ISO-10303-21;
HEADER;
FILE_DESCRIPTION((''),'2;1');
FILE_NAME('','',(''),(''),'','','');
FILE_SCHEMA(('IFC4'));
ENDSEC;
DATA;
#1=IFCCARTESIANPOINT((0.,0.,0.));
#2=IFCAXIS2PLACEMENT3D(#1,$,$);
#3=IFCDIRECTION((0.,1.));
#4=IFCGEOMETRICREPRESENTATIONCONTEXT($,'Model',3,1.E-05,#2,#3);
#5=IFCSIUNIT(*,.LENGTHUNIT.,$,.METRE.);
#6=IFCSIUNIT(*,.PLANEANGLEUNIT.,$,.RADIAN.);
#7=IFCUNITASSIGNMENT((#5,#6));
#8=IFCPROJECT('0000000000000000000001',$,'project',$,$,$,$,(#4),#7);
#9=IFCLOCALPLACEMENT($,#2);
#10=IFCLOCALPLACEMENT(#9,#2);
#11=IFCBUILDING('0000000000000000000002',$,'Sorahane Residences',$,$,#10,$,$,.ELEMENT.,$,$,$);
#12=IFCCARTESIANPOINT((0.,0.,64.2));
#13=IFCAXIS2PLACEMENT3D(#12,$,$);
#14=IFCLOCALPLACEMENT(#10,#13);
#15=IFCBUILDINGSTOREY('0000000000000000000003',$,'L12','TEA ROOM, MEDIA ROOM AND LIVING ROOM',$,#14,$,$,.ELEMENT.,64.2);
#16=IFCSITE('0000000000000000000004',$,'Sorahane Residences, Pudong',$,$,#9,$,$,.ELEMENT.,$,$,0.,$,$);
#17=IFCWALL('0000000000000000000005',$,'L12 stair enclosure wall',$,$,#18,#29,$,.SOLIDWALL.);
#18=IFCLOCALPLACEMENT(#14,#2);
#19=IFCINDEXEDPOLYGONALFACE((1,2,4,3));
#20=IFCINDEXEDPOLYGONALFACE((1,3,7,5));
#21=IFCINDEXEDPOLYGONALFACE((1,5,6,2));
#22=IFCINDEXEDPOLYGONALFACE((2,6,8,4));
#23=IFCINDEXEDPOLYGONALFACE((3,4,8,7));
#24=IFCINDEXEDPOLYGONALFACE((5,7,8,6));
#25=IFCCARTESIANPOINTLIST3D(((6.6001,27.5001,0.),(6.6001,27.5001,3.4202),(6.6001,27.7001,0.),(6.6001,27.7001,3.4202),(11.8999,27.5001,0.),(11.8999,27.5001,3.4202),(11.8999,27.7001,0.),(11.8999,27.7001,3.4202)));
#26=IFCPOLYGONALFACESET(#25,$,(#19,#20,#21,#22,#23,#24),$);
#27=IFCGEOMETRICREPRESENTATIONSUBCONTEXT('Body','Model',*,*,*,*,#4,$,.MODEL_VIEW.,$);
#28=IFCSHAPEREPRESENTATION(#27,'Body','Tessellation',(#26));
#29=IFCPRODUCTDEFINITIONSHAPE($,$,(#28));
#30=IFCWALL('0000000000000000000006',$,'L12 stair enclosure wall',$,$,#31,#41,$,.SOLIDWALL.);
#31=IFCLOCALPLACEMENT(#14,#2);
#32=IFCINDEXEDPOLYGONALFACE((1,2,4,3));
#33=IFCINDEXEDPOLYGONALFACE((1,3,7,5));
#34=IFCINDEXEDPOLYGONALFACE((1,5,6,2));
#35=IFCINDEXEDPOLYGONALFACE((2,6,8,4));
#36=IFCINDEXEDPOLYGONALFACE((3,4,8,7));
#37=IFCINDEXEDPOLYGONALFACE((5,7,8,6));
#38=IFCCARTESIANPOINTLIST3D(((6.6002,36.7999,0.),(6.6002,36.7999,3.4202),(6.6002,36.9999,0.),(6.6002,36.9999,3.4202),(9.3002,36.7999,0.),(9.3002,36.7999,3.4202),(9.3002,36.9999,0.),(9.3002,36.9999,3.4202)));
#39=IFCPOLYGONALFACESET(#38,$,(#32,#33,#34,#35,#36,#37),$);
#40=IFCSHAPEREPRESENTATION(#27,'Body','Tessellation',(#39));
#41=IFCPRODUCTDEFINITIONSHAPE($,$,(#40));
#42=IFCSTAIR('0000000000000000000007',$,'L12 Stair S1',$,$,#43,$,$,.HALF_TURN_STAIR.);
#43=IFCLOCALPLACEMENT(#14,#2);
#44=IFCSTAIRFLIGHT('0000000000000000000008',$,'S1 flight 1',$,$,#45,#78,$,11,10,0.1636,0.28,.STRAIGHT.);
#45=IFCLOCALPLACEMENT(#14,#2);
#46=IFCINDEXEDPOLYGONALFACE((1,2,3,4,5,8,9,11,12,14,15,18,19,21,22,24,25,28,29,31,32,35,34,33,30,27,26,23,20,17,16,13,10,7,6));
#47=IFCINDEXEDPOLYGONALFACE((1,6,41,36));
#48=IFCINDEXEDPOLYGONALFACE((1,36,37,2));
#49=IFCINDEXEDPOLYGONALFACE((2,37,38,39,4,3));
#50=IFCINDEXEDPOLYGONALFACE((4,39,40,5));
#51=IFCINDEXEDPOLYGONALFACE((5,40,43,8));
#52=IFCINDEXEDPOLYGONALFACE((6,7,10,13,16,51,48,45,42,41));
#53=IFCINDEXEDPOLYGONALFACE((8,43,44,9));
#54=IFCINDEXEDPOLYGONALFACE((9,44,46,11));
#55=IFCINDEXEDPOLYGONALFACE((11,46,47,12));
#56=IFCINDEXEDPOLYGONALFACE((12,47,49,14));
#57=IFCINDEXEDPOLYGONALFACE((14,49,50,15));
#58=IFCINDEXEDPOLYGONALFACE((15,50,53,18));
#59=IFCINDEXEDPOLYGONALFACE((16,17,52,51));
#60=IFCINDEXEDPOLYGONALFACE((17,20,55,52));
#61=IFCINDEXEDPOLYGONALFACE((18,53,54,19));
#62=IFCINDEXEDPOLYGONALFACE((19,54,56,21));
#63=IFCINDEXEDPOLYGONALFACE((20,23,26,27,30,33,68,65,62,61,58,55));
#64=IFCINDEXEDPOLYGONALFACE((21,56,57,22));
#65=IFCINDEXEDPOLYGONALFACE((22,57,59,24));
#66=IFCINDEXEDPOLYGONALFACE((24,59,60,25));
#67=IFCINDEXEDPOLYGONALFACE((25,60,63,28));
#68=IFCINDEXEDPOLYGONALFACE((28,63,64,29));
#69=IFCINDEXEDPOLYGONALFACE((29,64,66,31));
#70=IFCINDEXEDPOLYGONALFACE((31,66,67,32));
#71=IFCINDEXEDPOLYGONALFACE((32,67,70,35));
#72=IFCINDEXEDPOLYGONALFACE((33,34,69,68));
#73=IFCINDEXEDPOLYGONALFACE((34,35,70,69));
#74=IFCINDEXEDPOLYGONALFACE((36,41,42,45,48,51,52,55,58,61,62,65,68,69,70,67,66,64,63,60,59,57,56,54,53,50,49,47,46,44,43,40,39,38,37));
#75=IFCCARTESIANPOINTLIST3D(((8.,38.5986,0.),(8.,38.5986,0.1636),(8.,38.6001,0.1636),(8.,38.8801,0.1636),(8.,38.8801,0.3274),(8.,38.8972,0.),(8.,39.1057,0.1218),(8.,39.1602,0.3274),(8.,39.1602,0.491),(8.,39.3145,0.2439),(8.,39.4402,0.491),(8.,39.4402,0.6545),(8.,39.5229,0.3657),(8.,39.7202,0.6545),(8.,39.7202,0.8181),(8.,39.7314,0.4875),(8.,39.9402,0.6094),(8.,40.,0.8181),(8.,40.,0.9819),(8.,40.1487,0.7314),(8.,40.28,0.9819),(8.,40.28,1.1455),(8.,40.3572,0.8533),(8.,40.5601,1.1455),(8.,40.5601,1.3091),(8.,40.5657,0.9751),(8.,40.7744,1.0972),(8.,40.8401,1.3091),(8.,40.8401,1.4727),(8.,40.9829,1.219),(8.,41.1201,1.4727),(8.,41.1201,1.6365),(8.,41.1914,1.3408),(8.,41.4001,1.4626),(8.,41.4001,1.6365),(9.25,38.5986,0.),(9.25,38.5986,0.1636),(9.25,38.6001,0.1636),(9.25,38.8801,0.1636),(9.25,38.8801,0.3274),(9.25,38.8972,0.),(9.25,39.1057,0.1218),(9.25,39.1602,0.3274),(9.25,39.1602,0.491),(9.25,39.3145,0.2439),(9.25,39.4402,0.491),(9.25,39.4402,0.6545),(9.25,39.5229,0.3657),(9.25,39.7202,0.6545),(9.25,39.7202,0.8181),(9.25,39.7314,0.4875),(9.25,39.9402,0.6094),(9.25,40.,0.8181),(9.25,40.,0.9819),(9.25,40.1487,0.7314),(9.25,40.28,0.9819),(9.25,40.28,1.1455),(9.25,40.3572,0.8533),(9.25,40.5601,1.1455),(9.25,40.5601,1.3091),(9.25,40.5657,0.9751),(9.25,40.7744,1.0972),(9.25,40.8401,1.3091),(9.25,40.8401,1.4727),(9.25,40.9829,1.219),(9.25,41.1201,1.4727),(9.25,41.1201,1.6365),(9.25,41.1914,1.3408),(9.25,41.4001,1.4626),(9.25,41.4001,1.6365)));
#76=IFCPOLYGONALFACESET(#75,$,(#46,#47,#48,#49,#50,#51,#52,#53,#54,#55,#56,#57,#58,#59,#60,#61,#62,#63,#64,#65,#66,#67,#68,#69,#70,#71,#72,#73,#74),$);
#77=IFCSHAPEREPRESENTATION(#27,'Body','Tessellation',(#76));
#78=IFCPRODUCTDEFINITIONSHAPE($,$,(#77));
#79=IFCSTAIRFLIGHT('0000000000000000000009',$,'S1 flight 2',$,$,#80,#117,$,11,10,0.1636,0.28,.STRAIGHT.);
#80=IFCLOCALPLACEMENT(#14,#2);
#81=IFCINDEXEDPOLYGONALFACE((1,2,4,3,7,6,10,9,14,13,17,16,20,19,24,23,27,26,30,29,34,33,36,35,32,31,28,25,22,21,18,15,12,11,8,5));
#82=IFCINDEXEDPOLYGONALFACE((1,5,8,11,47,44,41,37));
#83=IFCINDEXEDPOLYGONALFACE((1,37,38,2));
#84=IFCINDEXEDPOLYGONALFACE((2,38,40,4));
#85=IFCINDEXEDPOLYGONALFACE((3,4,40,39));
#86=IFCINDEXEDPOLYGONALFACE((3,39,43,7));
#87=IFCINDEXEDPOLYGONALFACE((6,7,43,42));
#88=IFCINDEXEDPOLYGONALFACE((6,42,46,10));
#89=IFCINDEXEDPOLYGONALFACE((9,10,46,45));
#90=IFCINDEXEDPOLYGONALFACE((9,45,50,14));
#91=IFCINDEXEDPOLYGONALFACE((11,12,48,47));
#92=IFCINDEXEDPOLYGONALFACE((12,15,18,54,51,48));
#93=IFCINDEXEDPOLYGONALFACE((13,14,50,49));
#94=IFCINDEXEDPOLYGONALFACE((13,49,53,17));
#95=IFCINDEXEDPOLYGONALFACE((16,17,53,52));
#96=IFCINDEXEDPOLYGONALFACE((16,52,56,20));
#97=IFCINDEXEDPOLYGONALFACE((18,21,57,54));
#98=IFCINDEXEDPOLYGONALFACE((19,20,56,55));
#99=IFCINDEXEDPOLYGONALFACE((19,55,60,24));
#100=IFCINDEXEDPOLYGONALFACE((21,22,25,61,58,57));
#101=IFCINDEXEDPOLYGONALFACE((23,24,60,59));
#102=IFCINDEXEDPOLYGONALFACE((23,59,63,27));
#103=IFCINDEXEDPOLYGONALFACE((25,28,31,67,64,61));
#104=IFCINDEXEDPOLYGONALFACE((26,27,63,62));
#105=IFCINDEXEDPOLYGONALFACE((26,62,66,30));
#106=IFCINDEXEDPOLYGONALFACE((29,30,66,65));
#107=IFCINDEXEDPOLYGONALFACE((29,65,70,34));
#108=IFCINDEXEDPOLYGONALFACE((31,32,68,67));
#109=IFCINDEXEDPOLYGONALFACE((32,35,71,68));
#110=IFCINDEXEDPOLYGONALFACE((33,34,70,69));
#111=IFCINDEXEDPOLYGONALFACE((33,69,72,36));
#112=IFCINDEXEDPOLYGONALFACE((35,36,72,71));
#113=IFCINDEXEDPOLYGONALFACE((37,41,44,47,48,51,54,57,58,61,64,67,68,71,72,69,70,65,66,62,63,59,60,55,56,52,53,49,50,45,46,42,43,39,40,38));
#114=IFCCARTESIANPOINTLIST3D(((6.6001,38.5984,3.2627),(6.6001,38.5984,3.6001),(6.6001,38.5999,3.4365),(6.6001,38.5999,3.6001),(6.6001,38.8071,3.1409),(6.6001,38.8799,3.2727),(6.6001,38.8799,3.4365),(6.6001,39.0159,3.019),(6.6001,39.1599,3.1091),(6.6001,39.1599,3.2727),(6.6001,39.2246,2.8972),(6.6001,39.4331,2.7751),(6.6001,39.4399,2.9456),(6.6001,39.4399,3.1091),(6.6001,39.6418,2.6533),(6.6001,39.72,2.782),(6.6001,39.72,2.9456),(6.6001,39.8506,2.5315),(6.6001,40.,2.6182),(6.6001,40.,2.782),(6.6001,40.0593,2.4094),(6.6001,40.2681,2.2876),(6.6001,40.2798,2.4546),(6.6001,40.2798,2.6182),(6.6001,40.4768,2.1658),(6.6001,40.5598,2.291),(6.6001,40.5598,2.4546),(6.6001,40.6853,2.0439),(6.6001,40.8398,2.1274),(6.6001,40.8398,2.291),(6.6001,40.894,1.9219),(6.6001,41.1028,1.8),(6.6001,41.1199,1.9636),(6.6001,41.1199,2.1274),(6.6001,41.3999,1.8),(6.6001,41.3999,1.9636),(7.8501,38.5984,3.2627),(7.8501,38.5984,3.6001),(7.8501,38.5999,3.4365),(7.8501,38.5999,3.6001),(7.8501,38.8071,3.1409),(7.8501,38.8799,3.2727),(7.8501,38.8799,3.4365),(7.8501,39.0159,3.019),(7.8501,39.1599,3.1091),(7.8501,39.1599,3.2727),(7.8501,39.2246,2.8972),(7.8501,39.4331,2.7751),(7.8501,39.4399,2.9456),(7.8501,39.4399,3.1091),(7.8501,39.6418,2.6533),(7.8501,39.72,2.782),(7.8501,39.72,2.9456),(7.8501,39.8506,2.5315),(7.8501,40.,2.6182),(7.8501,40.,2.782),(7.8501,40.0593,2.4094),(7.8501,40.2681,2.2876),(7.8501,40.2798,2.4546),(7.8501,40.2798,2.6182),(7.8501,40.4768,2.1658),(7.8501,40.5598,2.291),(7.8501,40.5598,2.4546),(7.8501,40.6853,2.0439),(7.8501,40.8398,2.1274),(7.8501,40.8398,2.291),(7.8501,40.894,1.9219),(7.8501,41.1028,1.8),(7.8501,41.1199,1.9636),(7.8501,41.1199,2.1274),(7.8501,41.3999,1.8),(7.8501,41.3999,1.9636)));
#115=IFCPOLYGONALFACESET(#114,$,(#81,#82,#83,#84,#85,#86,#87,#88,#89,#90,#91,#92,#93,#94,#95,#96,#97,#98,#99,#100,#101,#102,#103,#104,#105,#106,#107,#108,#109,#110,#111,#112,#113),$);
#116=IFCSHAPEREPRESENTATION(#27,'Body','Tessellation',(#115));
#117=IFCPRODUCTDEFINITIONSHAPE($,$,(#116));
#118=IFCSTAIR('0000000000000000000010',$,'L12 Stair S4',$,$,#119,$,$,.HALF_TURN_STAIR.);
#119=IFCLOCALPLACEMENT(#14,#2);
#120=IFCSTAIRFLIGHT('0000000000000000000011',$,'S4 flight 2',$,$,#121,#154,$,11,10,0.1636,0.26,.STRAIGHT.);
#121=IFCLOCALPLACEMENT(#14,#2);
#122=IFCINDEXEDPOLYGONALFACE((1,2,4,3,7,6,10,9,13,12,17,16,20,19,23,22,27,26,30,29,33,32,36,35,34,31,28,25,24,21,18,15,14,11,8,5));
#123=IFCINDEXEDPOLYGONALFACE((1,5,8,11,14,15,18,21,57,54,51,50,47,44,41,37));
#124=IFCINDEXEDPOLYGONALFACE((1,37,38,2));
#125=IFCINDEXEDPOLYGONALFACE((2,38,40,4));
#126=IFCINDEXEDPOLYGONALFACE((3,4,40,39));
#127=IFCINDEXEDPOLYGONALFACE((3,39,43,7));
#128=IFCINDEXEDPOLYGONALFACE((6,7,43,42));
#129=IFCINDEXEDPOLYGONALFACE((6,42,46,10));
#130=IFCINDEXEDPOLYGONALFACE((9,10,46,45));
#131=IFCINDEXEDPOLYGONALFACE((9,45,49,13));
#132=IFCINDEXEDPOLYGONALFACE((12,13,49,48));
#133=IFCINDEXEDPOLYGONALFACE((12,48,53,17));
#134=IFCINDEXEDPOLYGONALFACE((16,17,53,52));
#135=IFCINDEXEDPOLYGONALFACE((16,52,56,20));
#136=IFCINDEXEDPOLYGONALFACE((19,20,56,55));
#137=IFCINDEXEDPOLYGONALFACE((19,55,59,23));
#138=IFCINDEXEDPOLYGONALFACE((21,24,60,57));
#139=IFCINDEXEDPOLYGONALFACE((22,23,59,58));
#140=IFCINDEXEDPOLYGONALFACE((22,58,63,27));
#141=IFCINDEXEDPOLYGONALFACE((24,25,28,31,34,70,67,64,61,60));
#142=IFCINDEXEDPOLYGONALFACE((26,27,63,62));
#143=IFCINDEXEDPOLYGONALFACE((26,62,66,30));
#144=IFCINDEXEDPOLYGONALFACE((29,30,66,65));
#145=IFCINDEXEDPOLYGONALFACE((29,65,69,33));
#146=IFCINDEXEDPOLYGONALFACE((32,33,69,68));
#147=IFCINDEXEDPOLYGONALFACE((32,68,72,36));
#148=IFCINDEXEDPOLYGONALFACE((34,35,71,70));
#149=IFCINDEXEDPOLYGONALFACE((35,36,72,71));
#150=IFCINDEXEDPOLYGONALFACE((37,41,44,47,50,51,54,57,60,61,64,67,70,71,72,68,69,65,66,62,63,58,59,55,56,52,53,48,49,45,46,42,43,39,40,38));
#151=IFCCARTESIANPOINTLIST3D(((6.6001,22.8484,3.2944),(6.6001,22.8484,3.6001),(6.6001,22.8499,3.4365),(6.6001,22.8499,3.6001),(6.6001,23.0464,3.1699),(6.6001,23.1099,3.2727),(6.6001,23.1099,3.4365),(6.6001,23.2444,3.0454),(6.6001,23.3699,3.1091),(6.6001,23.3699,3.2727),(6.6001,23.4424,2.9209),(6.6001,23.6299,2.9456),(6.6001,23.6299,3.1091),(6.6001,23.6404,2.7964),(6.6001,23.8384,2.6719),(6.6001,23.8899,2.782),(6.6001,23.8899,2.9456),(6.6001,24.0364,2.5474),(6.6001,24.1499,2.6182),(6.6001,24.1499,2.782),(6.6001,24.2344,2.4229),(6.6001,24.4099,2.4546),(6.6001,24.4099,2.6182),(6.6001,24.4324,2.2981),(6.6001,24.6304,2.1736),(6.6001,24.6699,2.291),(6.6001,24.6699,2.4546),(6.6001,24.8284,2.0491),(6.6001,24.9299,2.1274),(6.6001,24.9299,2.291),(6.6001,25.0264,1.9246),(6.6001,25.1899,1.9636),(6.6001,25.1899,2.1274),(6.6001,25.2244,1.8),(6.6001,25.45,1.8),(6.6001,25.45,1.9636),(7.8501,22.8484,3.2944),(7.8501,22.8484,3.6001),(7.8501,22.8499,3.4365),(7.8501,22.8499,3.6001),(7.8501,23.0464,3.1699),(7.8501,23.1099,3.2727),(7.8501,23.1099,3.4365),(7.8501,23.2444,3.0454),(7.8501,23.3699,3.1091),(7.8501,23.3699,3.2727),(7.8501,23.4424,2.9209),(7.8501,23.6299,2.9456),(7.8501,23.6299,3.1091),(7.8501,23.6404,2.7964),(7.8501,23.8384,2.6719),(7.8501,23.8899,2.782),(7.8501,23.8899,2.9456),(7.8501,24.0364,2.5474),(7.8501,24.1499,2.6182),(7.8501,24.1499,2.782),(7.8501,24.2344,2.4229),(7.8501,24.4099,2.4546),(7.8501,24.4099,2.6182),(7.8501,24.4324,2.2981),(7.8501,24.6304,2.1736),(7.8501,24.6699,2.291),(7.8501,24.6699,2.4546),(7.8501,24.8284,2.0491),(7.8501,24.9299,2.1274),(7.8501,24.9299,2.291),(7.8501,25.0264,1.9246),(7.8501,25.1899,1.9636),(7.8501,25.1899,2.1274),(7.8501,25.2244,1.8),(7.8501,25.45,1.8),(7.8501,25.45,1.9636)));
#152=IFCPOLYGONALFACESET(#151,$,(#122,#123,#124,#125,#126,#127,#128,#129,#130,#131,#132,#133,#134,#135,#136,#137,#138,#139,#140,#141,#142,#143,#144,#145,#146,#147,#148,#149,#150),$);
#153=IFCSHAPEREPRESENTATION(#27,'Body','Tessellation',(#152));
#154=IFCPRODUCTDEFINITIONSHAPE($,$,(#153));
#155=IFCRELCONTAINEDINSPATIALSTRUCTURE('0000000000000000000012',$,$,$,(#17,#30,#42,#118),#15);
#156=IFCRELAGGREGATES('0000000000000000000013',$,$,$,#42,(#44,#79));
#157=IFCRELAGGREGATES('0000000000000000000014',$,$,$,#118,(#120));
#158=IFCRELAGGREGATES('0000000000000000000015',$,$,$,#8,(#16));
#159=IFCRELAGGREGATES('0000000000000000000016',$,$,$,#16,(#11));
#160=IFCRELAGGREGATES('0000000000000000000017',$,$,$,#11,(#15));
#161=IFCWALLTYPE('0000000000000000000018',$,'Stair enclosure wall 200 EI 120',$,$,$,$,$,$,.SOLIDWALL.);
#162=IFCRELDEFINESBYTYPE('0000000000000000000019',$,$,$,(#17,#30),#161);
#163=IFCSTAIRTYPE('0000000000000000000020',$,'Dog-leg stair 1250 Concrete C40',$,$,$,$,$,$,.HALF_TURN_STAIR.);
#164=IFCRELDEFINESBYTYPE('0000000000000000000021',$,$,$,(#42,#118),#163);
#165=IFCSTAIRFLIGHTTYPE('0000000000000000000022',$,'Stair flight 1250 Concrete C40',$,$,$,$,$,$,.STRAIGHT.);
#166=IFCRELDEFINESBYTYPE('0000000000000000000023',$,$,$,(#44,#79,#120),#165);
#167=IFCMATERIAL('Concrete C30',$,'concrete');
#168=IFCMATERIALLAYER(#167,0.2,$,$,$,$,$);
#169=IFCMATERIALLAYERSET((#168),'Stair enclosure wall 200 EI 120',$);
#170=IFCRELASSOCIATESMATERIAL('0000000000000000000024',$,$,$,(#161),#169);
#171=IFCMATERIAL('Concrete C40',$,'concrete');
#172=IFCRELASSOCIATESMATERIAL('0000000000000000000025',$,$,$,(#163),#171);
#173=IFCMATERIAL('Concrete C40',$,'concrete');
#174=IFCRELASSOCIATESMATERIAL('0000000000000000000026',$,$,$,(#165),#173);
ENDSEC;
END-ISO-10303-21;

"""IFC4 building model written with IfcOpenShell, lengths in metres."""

from ifc_helpers import new_model, si_unit, direction, frame, frame_2d, origin, place, context, subcontext, project, spatial, polyline, rectangle, outline, extrude, material, layer, layer_set, type_object, element, aggregate, save


model = new_model("IFC4")

# Units and contexts
model_context = context("Model", 3, precision=1e-05, world=origin(), true_north=direction((0.0, 1.0)))
body_context = subcontext(model_context, "Body", "Model", "MODEL_VIEW")
ifc_project = project(units=[si_unit("LENGTHUNIT", "METRE"), si_unit("PLANEANGLEUNIT", "RADIAN")], contexts=[model_context])

# Site, building, storey
site_placement = place(None, origin())
site = spatial("IfcSite", under=ifc_project, at=site_placement, Name="Sorahane Residences, Pudong", CompositionType="ELEMENT", RefElevation=0.0)
building_placement = place(site_placement, origin())
building = spatial("IfcBuilding", under=site, at=building_placement, Name="Sorahane Residences", CompositionType="ELEMENT")
storey_placement = place(building_placement, frame((0.0, 0.0, 64.2)))
storey = spatial("IfcBuildingStorey", under=building, at=storey_placement, Name="L12", Description="TEA ROOM, MEDIA ROOM AND LIVING ROOM", CompositionType="ELEMENT", Elevation=64.2)

# Walls
ifc_material_1 = material(Name="Concrete C30", Category="concrete")
ifc_layer_1 = layer(ifc_material_1, 0.2)
ifc_layer_set_1 = layer_set([ifc_layer_1], Name="Stair enclosure wall 200 EI 120")
wall_type_1 = type_object("IfcWallType", Name="Stair enclosure wall 200 EI 120", PredefinedType="SOLIDWALL", material=ifc_layer_set_1)
wall_1_placement = place(storey_placement, frame((6.6001, 27.6001, 0.0), z_axis=(0.0, 0.0, 1.0), x_axis=(1.0, 0.0, 0.0)))
element("IfcWall", 1, at=wall_1_placement, inside=storey, type_object=wall_type_1, Name="L12 stair enclosure wall", PredefinedType="SOLIDWALL", context=body_context, shape_type="SweptSolid", body=[
    extrude(rectangle(XDim=5.2998, YDim=0.2, at=frame_2d((2.6499, 0.0))), origin(), (0.0, 0.0, 1.0), 3.4202),
])
wall_2_placement = place(storey_placement, frame((6.6001, 36.8999, 0.0), z_axis=(0.0, 0.0, 1.0), x_axis=(1.0, 0.0, 0.0)))
element("IfcWall", 2, at=wall_2_placement, inside=storey, type_object=wall_type_1, Name="L12 stair enclosure wall", PredefinedType="SOLIDWALL", context=body_context, shape_type="SweptSolid", body=[
    extrude(rectangle(XDim=2.7, YDim=0.2, at=frame_2d((1.3501, 0.0))), origin(), (0.0, 0.0, 1.0), 3.4202),
])

# Stair, stair flights
ifc_material_2 = material(Name="Concrete C40", Category="concrete")
stair_type = type_object("IfcStairType", Name="Dog-leg stair 1250 Concrete C40", PredefinedType="HALF_TURN_STAIR", material=ifc_material_2)
stair_1_placement = place(storey_placement, origin())
stair_1 = element("IfcStair", 3, at=stair_1_placement, inside=storey, type_object=stair_type, Name="L12 Stair S1", PredefinedType="HALF_TURN_STAIR")
ifc_material_3 = material(Name="Concrete C40", Category="concrete")
stair_flight_type = type_object("IfcStairFlightType", Name="Stair flight 1250 Concrete C40", PredefinedType="STRAIGHT", material=ifc_material_3)
stair_flight_1_placement = place(storey_placement, frame((8.625, 38.6001, 0.0), z_axis=(0.0, 0.0, 1.0), x_axis=(0.0, 1.0, 0.0)))
stair_flight_1 = element("IfcStairFlight", 4, at=stair_flight_1_placement, type_object=stair_flight_type, Name="S1 flight 1", NumberOfRisers=11, NumberOfTreads=10, PredefinedType="STRAIGHT", RiserHeight=0.1636, TreadLength=0.28, context=body_context, shape_type="SweptSolid", body=[
    extrude(outline(polyline([(-0.0015, 0.0), (-0.0015, 0.1636), (0.0, 0.1636), (0.28, 0.1636), (0.28, 0.3274), (0.5601, 0.3274), (0.5601, 0.491), (0.8401, 0.491), (0.8401, 0.6545), (1.1201, 0.6545), (1.1201, 0.8181), (1.3999, 0.8181), (1.3999, 0.9819), (1.6799, 0.9819), (1.6799, 1.1455), (1.96, 1.1455), (1.96, 1.3091), (2.24, 1.3091), (2.24, 1.4727), (2.52, 1.4727), (2.52, 1.6365), (2.8, 1.6365), (2.8, 1.8), (2.8, 1.4626), (2.5913, 1.3408), (2.3828, 1.219), (2.1743, 1.0972), (1.9656, 0.9751), (1.7571, 0.8533), (1.5486, 0.7314), (1.3401, 0.6094), (1.1313, 0.4875), (0.9229, 0.3657), (0.7144, 0.2439), (0.5056, 0.1218), (0.2971, 0.0), (-0.0015, 0.0)])), frame((0.0, 0.625, 0.0), z_axis=(0.0, -1.0, 0.0), x_axis=(1.0, 0.0, 0.0)), (0.0, 0.0, 1.0), 1.25),
])
stair_flight_2_placement = place(storey_placement, frame((7.2251, 41.3999, 1.8), z_axis=(0.0, 0.0, 1.0), x_axis=(0.0, -1.0, 0.0)))
stair_flight_2 = element("IfcStairFlight", 5, at=stair_flight_2_placement, type_object=stair_flight_type, Name="S1 flight 2", NumberOfRisers=11, NumberOfTreads=10, PredefinedType="STRAIGHT", RiserHeight=0.1636, TreadLength=0.28, context=body_context, shape_type="SweptSolid", body=[
    extrude(outline(polyline([(0.0, 0.0), (0.0, 0.1636), (0.28, 0.1636), (0.28, 0.3274), (0.5601, 0.3274), (0.5601, 0.491), (0.8401, 0.491), (0.8401, 0.6545), (1.1201, 0.6545), (1.1201, 0.8181), (1.3999, 0.8181), (1.3999, 0.9819), (1.6799, 0.9819), (1.6799, 1.1455), (1.96, 1.1455), (1.96, 1.3091), (2.24, 1.3091), (2.24, 1.4727), (2.52, 1.4727), (2.52, 1.6365), (2.8, 1.6365), (2.8, 1.8), (2.8015, 1.8), (2.8015, 1.4626), (2.5928, 1.3408), (2.384, 1.219), (2.1753, 1.0972), (1.9668, 0.9751), (1.7581, 0.8533), (1.5493, 0.7314), (1.3406, 0.6094), (1.1318, 0.4875), (0.9231, 0.3657), (0.7146, 0.2439), (0.5059, 0.1218), (0.2971, 0.0), (0.0, 0.0)])), frame((0.0, 0.625, 0.0), z_axis=(0.0, -1.0, 0.0), x_axis=(1.0, 0.0, 0.0)), (0.0, 0.0, 1.0), 1.25),
])
aggregate(stair_1, [stair_flight_1, stair_flight_2])

# Stair, stair flight
stair_2_placement = place(storey_placement, origin())
stair_2 = element("IfcStair", 6, at=stair_2_placement, inside=storey, type_object=stair_type, Name="L12 Stair S4", PredefinedType="HALF_TURN_STAIR")
stair_flight_3_placement = place(storey_placement, frame((7.2251, 25.45, 1.8), z_axis=(0.0, 0.0, 1.0), x_axis=(0.0, -1.0, 0.0)))
stair_flight_3 = element("IfcStairFlight", 7, at=stair_flight_3_placement, type_object=stair_flight_type, Name="S4 flight 2", NumberOfRisers=11, NumberOfTreads=10, PredefinedType="STRAIGHT", RiserHeight=0.1636, TreadLength=0.26, context=body_context, shape_type="SweptSolid", body=[
    extrude(outline(polyline([(0.0, 0.0), (0.0, 0.1636), (0.26, 0.1636), (0.26, 0.3274), (0.52, 0.3274), (0.52, 0.491), (0.78, 0.491), (0.78, 0.6545), (1.04, 0.6545), (1.04, 0.8181), (1.3, 0.8181), (1.3, 0.9819), (1.5601, 0.9819), (1.5601, 1.1455), (1.8201, 1.1455), (1.8201, 1.3091), (2.0801, 1.3091), (2.0801, 1.4727), (2.3401, 1.4727), (2.3401, 1.6365), (2.6001, 1.6365), (2.6001, 1.8), (2.6016, 1.8), (2.6016, 1.4944), (2.4036, 1.3699), (2.2056, 1.2454), (2.0076, 1.1208), (1.8096, 0.9963), (1.6116, 0.8718), (1.4136, 0.7473), (1.2156, 0.6228), (1.0176, 0.498), (0.8196, 0.3735), (0.6216, 0.249), (0.4236, 0.1245), (0.2256, 0.0), (0.0, 0.0)])), frame((0.0, 0.625, 0.0), z_axis=(0.0, -1.0, 0.0), x_axis=(1.0, 0.0, 0.0)), (0.0, 0.0, 1.0), 1.25),
])
aggregate(stair_2, [stair_flight_3])

save(model, "model.ifc")
